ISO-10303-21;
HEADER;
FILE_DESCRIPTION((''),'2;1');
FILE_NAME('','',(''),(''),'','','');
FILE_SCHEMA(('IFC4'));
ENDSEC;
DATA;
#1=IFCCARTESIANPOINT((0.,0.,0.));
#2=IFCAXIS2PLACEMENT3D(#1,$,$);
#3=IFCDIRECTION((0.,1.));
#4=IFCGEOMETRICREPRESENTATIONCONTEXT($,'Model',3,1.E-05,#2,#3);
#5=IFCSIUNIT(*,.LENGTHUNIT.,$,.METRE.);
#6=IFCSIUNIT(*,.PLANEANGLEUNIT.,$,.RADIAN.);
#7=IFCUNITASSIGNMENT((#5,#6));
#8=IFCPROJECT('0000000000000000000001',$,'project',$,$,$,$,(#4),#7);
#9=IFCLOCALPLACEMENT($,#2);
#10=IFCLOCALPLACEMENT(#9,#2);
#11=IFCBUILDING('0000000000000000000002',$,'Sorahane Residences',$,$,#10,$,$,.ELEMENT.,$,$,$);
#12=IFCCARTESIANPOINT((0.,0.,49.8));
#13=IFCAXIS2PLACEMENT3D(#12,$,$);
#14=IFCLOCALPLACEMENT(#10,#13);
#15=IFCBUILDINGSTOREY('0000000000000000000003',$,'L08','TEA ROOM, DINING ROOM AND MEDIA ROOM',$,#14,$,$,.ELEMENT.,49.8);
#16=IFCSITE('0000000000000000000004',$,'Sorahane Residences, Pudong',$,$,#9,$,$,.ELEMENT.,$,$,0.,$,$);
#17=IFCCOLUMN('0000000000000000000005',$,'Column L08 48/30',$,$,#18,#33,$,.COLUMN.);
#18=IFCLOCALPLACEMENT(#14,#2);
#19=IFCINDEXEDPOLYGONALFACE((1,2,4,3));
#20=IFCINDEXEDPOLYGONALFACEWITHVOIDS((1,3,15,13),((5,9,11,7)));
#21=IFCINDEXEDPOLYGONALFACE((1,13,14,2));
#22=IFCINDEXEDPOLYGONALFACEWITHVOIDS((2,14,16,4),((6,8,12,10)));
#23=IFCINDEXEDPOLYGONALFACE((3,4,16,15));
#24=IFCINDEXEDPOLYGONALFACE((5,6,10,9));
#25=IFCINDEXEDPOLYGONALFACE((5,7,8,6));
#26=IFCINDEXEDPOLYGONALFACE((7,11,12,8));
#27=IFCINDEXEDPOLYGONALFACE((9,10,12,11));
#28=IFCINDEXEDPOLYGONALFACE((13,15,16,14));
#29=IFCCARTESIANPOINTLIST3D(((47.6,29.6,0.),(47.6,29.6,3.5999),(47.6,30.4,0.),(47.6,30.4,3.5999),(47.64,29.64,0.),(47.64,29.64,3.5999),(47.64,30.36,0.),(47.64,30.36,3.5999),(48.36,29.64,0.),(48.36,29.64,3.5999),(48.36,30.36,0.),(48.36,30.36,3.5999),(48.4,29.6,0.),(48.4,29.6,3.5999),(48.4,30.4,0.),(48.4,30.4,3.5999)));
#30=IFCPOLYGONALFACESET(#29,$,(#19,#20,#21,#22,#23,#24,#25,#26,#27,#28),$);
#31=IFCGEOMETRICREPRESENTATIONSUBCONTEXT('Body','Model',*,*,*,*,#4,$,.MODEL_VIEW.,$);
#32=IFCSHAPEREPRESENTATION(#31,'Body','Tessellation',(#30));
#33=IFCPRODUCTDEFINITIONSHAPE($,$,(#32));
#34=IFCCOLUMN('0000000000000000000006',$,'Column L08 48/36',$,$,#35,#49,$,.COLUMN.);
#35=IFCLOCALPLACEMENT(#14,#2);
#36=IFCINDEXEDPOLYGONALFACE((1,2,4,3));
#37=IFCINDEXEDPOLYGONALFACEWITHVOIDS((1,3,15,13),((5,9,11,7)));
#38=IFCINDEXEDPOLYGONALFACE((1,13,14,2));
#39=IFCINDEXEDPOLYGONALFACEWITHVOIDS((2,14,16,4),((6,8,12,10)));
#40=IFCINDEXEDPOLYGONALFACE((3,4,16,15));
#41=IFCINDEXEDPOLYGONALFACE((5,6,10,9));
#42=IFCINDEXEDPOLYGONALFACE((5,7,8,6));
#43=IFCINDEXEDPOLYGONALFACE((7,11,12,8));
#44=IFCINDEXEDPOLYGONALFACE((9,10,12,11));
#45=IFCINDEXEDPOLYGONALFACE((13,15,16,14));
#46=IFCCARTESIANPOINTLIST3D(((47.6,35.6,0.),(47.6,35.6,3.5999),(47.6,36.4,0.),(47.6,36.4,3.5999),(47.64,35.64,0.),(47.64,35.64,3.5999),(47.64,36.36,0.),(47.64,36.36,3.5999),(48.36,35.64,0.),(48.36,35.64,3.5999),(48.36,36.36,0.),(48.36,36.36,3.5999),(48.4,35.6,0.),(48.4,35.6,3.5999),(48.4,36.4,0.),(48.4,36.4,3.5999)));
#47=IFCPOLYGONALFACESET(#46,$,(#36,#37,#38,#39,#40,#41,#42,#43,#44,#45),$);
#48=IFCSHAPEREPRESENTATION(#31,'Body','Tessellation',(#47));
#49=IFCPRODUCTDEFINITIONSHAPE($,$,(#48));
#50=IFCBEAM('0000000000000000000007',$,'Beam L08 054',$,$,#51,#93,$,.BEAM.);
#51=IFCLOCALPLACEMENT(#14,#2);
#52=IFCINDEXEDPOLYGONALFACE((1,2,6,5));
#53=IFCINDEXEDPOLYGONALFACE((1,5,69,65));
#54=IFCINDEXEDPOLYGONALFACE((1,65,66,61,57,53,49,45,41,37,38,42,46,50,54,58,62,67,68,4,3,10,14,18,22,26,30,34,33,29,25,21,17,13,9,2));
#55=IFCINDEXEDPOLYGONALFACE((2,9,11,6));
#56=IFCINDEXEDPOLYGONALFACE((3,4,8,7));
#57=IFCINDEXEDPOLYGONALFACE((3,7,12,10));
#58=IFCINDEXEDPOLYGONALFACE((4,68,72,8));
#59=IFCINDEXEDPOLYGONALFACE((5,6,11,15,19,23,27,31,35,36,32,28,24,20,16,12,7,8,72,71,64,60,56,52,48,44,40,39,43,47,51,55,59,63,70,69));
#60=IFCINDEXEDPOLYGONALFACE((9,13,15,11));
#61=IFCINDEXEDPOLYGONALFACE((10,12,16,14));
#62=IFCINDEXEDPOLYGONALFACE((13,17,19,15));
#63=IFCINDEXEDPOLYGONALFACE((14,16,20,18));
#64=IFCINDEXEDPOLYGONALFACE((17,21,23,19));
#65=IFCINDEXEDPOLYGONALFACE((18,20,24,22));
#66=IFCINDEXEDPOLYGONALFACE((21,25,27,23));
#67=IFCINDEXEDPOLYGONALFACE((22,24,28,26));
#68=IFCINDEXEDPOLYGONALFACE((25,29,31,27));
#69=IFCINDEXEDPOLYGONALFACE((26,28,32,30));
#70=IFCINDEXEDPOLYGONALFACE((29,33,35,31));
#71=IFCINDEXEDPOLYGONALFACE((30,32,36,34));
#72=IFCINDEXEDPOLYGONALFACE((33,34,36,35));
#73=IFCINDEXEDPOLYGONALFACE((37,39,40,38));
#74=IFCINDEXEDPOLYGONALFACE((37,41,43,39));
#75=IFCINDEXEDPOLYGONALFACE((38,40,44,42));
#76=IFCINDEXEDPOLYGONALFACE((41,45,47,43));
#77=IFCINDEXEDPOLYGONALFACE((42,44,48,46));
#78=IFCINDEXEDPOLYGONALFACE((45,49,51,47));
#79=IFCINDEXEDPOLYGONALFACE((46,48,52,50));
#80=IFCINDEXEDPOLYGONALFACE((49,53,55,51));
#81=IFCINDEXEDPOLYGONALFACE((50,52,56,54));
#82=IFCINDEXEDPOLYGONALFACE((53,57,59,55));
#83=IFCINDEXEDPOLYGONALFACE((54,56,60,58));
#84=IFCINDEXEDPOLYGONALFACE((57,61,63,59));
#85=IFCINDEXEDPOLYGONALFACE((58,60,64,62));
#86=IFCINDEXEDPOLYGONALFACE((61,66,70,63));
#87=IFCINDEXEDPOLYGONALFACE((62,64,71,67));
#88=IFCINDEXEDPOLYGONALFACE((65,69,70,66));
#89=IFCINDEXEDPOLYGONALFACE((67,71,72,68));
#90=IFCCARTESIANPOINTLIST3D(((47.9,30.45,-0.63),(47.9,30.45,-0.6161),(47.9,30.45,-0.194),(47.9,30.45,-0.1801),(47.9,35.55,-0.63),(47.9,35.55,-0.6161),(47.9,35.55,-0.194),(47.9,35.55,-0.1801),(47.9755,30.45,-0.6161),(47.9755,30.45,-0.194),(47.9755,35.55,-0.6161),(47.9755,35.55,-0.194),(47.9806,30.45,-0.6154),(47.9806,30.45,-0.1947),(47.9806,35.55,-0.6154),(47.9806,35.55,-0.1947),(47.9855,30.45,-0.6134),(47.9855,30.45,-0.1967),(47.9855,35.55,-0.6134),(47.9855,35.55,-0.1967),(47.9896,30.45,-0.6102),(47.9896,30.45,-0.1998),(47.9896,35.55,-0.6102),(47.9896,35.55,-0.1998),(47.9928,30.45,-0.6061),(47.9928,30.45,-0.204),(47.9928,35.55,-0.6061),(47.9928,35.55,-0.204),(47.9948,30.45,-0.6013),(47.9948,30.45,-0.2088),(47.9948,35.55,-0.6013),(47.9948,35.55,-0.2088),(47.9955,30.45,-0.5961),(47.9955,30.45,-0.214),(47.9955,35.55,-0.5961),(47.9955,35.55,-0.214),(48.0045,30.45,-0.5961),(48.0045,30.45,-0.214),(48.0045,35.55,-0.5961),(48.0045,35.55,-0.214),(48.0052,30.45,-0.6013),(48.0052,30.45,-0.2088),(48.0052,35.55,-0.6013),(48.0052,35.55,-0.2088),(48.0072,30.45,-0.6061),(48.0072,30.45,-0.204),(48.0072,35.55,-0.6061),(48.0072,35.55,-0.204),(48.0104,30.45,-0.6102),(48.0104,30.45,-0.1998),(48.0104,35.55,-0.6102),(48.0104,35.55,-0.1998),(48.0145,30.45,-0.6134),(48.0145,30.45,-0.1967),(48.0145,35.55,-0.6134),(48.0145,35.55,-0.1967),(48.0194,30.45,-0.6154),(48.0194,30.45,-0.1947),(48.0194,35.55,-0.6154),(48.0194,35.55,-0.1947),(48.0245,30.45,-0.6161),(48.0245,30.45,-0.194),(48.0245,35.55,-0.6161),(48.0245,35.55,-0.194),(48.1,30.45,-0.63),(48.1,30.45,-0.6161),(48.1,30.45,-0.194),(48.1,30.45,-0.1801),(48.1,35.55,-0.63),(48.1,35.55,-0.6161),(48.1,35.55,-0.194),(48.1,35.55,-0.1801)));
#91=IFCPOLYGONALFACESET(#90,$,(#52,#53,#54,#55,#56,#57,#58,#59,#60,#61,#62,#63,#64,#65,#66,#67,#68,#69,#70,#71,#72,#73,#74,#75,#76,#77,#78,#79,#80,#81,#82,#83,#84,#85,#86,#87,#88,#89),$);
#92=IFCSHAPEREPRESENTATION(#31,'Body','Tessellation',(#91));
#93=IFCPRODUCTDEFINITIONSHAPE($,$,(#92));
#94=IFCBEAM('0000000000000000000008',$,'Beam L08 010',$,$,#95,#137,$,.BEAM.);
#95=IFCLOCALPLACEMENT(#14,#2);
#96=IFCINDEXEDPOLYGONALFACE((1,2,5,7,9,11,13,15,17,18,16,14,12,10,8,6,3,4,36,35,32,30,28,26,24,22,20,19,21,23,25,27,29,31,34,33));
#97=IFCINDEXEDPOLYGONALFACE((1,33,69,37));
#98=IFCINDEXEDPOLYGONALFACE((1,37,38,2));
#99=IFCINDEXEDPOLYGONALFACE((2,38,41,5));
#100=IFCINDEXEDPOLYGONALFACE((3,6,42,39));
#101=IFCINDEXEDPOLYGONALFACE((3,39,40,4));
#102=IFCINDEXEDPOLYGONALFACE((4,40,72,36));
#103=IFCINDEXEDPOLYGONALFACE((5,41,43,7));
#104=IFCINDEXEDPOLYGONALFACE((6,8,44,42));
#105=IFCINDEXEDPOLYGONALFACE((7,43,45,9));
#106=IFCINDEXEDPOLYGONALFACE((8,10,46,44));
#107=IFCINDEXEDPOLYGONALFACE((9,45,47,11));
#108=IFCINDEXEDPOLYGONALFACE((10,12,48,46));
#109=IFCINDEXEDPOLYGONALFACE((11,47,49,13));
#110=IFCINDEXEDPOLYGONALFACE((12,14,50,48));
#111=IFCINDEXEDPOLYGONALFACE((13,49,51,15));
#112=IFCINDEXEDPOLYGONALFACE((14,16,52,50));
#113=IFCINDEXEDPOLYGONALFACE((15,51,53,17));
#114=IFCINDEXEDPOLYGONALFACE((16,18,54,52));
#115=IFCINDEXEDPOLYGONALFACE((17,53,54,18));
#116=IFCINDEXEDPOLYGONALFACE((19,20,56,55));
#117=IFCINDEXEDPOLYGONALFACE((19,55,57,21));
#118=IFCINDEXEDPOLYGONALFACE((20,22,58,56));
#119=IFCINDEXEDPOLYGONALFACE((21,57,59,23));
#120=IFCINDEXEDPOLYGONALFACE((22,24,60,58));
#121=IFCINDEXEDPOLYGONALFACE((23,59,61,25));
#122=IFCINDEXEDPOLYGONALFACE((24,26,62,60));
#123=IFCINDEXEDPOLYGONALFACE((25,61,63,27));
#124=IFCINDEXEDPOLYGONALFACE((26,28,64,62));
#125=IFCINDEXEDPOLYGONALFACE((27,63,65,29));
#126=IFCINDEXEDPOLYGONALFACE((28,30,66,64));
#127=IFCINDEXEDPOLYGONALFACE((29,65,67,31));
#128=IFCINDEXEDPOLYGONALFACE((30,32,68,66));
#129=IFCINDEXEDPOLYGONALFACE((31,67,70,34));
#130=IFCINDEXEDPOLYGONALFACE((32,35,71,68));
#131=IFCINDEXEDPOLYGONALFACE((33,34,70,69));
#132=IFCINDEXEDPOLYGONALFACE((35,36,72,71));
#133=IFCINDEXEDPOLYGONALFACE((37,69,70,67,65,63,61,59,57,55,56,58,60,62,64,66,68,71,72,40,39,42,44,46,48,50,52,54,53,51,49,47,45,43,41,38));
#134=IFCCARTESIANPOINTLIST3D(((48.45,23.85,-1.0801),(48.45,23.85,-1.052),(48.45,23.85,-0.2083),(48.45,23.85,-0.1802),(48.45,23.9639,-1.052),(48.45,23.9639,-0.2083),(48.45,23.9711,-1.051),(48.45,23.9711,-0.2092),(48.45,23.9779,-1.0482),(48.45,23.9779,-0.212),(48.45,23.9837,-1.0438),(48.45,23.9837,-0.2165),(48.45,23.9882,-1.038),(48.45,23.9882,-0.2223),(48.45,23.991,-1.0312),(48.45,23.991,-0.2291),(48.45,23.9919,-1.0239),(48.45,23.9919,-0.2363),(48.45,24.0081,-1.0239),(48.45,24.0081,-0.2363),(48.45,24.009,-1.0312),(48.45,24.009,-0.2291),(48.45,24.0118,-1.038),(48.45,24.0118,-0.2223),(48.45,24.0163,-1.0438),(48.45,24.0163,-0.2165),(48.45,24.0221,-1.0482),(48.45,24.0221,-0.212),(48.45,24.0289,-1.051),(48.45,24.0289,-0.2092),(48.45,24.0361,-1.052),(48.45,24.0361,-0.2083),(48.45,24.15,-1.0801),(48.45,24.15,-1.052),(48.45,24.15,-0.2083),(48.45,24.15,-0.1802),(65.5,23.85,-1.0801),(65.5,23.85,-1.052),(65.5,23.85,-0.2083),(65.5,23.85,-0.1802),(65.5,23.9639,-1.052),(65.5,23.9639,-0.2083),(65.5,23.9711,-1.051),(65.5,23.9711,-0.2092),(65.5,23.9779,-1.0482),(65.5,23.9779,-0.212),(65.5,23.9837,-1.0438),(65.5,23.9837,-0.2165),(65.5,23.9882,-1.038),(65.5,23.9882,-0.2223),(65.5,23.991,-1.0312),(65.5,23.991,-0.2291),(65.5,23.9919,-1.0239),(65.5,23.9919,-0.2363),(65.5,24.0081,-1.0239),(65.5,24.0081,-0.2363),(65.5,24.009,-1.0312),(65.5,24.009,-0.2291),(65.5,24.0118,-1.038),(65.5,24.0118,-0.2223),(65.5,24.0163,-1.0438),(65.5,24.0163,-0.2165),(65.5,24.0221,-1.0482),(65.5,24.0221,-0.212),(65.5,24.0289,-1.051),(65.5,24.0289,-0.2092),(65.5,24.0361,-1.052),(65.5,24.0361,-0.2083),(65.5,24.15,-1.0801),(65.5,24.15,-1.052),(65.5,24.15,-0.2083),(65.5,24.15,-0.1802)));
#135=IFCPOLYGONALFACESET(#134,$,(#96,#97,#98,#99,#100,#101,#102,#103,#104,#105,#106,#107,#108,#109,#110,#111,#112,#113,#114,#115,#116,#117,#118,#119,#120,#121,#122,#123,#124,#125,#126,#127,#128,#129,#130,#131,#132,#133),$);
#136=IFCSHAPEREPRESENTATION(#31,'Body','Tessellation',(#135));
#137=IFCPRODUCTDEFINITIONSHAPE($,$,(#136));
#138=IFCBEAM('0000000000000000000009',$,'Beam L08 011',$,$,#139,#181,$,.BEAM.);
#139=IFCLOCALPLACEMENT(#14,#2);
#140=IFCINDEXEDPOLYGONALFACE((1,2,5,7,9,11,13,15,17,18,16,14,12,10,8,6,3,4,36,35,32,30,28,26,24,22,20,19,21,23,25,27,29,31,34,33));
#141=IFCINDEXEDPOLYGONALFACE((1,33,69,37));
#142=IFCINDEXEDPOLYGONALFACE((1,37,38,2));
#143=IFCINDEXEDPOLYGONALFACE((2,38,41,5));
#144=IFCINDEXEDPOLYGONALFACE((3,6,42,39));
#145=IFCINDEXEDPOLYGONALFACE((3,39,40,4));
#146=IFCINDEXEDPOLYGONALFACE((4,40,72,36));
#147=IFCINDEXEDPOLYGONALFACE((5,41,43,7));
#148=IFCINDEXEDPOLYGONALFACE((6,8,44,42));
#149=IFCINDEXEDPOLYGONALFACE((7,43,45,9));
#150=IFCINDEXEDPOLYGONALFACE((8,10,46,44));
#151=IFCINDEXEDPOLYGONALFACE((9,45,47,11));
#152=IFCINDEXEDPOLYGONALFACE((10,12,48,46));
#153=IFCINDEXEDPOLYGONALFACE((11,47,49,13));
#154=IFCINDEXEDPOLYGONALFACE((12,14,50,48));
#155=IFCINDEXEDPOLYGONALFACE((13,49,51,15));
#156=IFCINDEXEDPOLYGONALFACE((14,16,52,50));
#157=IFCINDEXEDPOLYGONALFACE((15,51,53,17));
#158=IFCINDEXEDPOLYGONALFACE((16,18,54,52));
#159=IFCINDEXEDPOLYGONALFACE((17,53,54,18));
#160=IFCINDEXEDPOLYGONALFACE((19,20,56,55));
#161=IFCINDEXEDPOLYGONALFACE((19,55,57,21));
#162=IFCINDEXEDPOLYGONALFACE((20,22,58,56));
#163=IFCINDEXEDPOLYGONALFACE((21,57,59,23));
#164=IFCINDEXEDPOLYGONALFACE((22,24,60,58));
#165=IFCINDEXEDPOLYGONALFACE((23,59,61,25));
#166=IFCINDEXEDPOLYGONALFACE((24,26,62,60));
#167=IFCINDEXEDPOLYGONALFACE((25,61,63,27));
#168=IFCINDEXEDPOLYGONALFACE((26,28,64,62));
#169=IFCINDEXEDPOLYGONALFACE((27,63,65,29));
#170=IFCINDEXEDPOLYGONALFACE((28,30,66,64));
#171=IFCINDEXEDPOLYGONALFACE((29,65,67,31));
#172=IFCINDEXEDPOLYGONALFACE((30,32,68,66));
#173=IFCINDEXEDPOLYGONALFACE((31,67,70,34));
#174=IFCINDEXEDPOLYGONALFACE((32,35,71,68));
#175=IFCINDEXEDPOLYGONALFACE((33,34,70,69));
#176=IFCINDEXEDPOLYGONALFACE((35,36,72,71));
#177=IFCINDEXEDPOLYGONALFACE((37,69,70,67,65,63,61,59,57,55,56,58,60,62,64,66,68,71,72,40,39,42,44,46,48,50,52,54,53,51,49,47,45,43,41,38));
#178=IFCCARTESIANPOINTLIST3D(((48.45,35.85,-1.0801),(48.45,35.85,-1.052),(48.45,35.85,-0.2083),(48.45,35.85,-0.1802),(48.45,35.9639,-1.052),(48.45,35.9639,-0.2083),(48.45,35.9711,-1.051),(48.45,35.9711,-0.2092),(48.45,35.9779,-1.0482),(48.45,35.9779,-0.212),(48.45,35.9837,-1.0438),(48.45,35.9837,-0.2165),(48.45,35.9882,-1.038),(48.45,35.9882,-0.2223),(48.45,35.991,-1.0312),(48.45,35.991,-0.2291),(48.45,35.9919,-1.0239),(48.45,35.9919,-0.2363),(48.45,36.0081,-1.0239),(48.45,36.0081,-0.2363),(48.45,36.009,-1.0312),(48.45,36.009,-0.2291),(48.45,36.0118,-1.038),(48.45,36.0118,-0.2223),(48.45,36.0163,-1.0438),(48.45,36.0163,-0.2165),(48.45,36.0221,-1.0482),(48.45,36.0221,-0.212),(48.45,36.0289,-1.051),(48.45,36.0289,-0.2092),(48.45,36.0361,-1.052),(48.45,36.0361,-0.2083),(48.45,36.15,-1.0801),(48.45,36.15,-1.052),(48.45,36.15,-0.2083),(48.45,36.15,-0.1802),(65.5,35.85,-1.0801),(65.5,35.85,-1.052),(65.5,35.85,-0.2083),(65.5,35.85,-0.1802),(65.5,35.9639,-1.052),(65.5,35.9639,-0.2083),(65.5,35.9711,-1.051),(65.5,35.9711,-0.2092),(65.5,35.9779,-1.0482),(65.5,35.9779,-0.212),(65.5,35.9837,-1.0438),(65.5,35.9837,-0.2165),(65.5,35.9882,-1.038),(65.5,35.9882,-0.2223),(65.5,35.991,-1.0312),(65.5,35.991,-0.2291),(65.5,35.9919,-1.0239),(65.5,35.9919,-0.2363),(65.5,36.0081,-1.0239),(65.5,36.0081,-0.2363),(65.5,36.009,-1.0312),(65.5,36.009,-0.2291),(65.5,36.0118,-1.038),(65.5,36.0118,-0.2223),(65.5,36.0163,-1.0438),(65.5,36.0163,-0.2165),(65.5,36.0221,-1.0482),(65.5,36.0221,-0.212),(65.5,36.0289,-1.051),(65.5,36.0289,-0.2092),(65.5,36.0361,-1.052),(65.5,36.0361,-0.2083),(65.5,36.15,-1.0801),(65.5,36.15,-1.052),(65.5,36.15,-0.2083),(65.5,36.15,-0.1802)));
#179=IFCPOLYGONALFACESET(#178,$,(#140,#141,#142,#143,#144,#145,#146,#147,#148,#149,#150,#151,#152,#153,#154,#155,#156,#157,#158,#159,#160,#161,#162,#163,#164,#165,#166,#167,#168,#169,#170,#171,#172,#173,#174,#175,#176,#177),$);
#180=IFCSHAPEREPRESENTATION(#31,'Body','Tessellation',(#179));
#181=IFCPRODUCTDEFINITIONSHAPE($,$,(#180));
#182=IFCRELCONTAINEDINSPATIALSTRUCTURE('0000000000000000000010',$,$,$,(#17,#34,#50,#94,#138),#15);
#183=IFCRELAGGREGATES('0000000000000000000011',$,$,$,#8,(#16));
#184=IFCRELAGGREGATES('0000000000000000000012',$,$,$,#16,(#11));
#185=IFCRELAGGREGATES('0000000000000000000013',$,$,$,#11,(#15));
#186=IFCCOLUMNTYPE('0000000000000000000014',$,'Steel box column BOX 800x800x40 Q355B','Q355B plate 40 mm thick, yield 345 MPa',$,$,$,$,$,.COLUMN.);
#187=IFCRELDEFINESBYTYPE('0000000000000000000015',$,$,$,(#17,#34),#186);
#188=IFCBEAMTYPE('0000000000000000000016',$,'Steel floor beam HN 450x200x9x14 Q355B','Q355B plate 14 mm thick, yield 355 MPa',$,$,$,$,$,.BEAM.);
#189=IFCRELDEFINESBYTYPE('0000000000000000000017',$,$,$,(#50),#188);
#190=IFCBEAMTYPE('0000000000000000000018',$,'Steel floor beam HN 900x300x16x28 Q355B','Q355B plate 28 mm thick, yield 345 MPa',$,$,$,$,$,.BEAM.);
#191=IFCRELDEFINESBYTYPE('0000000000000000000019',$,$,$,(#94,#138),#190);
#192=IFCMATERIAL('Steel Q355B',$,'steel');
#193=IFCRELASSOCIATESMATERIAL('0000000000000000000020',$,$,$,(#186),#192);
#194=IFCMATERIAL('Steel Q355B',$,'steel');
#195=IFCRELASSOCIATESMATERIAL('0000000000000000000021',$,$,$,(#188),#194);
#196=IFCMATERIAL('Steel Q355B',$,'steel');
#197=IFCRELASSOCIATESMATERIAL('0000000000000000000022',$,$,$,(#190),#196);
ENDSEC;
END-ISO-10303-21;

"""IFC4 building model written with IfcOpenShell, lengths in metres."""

from ifc_helpers import new_model, si_unit, direction, frame, origin, origin_2d, place, context, subcontext, project, spatial, hollow_rectangle, i_section, extrude, material, material_profile, profile_set, type_object, element, save


model = new_model("IFC4")

# Units and contexts
model_context = context("Model", 3, precision=1e-05, world=origin(), true_north=direction((0.0, 1.0)))
body_context = subcontext(model_context, "Body", "Model", "MODEL_VIEW")
ifc_project = project(units=[si_unit("LENGTHUNIT", "METRE"), si_unit("PLANEANGLEUNIT", "RADIAN")], contexts=[model_context])

# Site, building, storey
site_placement = place(None, origin())
site = spatial("IfcSite", under=ifc_project, at=site_placement, Name="Sorahane Residences, Pudong", CompositionType="ELEMENT", RefElevation=0.0)
building_placement = place(site_placement, origin())
building = spatial("IfcBuilding", under=site, at=building_placement, Name="Sorahane Residences", CompositionType="ELEMENT")
storey_placement = place(building_placement, frame((0.0, 0.0, 49.8)))
storey = spatial("IfcBuildingStorey", under=building, at=storey_placement, Name="L08", Description="TEA ROOM, DINING ROOM AND MEDIA ROOM", CompositionType="ELEMENT", Elevation=49.8)

# Columns
ifc_material_1 = material(Name="Steel Q355B", Category="steel")
ifc_material_profile_1 = material_profile(ifc_material_1, hollow_rectangle(XDim=0.8, YDim=0.8, WallThickness=0.04, at=origin_2d()), Name="BOX 800x800x40")
ifc_profile_set_1 = profile_set([ifc_material_profile_1], Name="Steel Q355B")
column_type = type_object("IfcColumnType", Name="Steel box column BOX 800x800x40 Q355B", Description="Q355B plate 40 mm thick, yield 345 MPa", PredefinedType="COLUMN", material=ifc_profile_set_1)
for number, where, z_axis, x_axis, name in (
    (1, (48.0, 30.0, 0.0), (0.0, 0.0, 1.0), (1.0, 0.0, 0.0), "Column L08 48/30"),
    (2, (48.0, 36.0, 0.0), (0.0, 0.0, 1.0), (1.0, 0.0, 0.0), "Column L08 48/36"),
):
    element("IfcColumn", number, at=place(storey_placement, frame(where, z_axis=z_axis, x_axis=x_axis)), inside=storey, type_object=column_type, Name=name, PredefinedType="COLUMN", context=body_context, shape_type="SweptSolid", body=[
        extrude(hollow_rectangle(XDim=0.8, YDim=0.8, WallThickness=0.04, at=origin_2d()), origin(), (0.0, 0.0, 1.0), 3.5999),
    ])

# Beams
ifc_material_2 = material(Name="Steel Q355B", Category="steel")
ifc_material_profile_2 = material_profile(ifc_material_2, i_section(OverallWidth=0.2, OverallDepth=0.45, WebThickness=0.009, FlangeThickness=0.0139, FilletRadius=0.02, at=origin_2d()), Name="HN 450x200x9x14")
ifc_profile_set_2 = profile_set([ifc_material_profile_2], Name="Steel Q355B")
beam_type_1 = type_object("IfcBeamType", Name="Steel floor beam HN 450x200x9x14 Q355B", Description="Q355B plate 14 mm thick, yield 355 MPa", PredefinedType="BEAM", material=ifc_profile_set_2)
beam_1_placement = place(storey_placement, frame((48.0, 30.45, -0.405), z_axis=(0.0, 1.0, 0.0), x_axis=(-1.0, 0.0, 0.0)))
element("IfcBeam", 3, at=beam_1_placement, inside=storey, type_object=beam_type_1, Name="Beam L08 054", PredefinedType="BEAM", context=body_context, shape_type="SweptSolid", body=[
    extrude(i_section(OverallWidth=0.2, OverallDepth=0.45, WebThickness=0.009, FlangeThickness=0.0139, FilletRadius=0.02, at=origin_2d()), origin(), (0.0, 0.0, 1.0), 5.1001),
])
ifc_material_3 = material(Name="Steel Q355B", Category="steel")
ifc_material_profile_3 = material_profile(ifc_material_3, i_section(OverallWidth=0.3, OverallDepth=0.8999, WebThickness=0.0161, FlangeThickness=0.0281, FilletRadius=0.0281, at=origin_2d()), Name="HN 900x300x16x28")
ifc_profile_set_3 = profile_set([ifc_material_profile_3], Name="Steel Q355B")
beam_type_2 = type_object("IfcBeamType", Name="Steel floor beam HN 900x300x16x28 Q355B", Description="Q355B plate 28 mm thick, yield 345 MPa", PredefinedType="BEAM", material=ifc_profile_set_3)
for number, where, z_axis, x_axis, name in (
    (4, (48.45, 24.0, -0.6301), (1.0, 0.0, 0.0), (0.0, 1.0, 0.0), "Beam L08 010"),
    (5, (48.45, 36.0, -0.6301), (1.0, 0.0, 0.0), (0.0, 1.0, 0.0), "Beam L08 011"),
):
    element("IfcBeam", number, at=place(storey_placement, frame(where, z_axis=z_axis, x_axis=x_axis)), inside=storey, type_object=beam_type_2, Name=name, PredefinedType="BEAM", context=body_context, shape_type="SweptSolid", body=[
        extrude(i_section(OverallWidth=0.3, OverallDepth=0.8999, WebThickness=0.0161, FlangeThickness=0.0281, FilletRadius=0.0281, at=origin_2d()), origin(), (0.0, 0.0, 1.0), 17.05),
    ])

save(model, "model.ifc")
